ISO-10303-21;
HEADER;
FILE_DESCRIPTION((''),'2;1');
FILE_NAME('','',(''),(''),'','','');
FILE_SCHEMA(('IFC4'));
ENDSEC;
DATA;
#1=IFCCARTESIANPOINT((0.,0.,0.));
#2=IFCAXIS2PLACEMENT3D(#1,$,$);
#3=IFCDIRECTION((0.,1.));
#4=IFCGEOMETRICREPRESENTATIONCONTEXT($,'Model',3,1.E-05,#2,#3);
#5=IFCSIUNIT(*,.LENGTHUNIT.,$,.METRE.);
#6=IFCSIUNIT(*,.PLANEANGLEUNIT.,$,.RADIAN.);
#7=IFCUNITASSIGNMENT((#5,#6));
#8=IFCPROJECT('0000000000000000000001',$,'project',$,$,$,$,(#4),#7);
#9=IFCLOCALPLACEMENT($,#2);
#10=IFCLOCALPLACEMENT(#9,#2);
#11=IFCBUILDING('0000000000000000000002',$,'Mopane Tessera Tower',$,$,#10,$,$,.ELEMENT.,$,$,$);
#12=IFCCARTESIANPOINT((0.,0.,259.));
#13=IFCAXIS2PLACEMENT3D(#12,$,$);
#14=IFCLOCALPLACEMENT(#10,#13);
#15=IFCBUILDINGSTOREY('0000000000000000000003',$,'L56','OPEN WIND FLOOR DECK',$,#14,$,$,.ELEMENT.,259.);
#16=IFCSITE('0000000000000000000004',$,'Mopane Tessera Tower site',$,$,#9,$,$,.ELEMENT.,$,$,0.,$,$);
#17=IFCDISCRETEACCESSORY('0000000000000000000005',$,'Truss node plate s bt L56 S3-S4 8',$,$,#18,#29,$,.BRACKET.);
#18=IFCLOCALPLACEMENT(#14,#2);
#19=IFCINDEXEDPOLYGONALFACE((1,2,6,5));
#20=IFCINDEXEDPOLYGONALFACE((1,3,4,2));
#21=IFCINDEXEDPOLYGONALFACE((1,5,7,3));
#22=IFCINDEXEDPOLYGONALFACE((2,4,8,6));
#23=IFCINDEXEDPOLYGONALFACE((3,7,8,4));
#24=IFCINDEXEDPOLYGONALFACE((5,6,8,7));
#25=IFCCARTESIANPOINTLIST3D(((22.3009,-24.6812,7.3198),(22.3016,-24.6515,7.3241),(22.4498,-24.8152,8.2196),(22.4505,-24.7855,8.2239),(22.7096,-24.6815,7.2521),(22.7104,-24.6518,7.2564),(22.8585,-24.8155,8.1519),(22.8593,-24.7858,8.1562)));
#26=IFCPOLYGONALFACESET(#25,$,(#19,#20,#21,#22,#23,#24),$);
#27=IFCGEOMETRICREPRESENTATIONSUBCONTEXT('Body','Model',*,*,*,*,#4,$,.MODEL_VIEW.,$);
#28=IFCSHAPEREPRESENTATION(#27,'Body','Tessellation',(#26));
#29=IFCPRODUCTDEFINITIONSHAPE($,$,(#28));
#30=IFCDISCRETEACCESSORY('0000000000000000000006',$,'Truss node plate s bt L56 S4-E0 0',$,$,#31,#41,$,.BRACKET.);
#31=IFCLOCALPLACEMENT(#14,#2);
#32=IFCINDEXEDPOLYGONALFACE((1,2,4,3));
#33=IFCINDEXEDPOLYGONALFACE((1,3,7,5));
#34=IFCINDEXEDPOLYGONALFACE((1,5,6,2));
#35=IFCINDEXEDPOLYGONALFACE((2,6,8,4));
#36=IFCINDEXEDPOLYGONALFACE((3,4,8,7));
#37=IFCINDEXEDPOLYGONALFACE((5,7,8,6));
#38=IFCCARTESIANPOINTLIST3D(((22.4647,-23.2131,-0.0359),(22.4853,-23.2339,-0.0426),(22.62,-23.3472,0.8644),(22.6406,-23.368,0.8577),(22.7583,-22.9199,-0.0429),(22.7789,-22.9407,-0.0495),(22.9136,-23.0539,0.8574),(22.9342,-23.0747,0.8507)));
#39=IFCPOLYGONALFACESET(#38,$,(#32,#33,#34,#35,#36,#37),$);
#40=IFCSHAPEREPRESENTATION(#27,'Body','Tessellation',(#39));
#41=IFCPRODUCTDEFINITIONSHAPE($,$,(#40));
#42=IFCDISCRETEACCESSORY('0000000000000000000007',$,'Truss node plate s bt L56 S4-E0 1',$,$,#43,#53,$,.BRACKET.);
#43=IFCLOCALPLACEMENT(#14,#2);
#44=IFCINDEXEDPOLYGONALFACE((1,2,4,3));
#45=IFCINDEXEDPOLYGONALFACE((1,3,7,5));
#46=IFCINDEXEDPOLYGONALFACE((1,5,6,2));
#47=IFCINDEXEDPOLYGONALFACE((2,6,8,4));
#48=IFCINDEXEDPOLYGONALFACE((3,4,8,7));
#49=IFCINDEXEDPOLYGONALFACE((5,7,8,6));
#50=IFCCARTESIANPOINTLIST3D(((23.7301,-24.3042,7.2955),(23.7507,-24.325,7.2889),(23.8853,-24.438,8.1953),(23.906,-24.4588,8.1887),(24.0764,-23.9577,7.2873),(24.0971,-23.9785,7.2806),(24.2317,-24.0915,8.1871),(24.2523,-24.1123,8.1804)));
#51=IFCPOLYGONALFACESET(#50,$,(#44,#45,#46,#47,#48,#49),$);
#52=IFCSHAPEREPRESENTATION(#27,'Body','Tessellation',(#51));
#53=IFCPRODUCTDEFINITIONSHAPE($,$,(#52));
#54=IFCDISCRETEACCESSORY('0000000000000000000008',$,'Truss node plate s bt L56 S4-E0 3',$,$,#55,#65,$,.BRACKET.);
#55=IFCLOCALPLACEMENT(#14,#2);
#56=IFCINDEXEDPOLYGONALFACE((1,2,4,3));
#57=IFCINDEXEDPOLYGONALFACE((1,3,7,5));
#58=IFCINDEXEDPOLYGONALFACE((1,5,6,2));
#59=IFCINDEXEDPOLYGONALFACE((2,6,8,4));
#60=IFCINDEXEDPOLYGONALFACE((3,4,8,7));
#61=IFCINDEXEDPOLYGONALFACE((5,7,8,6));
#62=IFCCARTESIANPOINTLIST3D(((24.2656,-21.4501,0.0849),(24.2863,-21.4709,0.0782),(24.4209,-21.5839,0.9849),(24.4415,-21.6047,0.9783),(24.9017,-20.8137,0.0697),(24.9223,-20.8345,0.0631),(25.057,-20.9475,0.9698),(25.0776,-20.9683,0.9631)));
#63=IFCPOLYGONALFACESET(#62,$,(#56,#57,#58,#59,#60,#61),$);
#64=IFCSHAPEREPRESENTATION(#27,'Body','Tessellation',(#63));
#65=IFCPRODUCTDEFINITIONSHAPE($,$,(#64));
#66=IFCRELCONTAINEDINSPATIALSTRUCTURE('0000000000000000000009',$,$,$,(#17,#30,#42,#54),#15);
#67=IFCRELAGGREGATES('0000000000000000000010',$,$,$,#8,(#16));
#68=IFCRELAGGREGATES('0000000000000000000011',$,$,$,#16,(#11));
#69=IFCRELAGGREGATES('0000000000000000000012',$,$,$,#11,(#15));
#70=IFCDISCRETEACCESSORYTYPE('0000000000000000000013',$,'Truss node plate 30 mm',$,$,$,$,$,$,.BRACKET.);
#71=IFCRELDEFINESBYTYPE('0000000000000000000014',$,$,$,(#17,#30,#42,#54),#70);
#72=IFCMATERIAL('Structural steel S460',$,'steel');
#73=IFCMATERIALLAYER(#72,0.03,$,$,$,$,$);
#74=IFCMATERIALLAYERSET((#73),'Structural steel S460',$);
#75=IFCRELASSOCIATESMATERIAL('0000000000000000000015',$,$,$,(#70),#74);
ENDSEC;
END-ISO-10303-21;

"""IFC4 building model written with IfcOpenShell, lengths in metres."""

from ifc_helpers import new_model, si_unit, direction, frame, origin, origin_2d, place, context, subcontext, project, spatial, rectangle, extrude, material, layer, layer_set, type_object, element, save


model = new_model("IFC4")

# Units and contexts
model_context = context("Model", 3, precision=1e-05, world=origin(), true_north=direction((0.0, 1.0)))
body_context = subcontext(model_context, "Body", "Model", "MODEL_VIEW")
ifc_project = project(units=[si_unit("LENGTHUNIT", "METRE"), si_unit("PLANEANGLEUNIT", "RADIAN")], contexts=[model_context])

# Site, building, storey
site_placement = place(None, origin())
site = spatial("IfcSite", under=ifc_project, at=site_placement, Name="Mopane Tessera Tower site", CompositionType="ELEMENT", RefElevation=0.0)
building_placement = place(site_placement, origin())
building = spatial("IfcBuilding", under=site, at=building_placement, Name="Mopane Tessera Tower", CompositionType="ELEMENT")
storey_placement = place(building_placement, frame((0.0, 0.0, 259.0)))
storey = spatial("IfcBuildingStorey", under=building, at=storey_placement, Name="L56", Description="OPEN WIND FLOOR DECK", CompositionType="ELEMENT", Elevation=259.0)

# Discrete accessories
ifc_material_1 = material(Name="Structural steel S460", Category="steel")
ifc_layer = layer(ifc_material_1, 0.03)
ifc_layer_set = layer_set([ifc_layer], Name="Structural steel S460")
discrete_accessory_type = type_object("IfcDiscreteAccessoryType", Name="Truss node plate 30 mm", PredefinedType="BRACKET", material=ifc_layer_set)
discrete_accessory_1_placement = place(storey_placement, frame((22.5056, -24.6665, 7.2881), z_axis=(0.161536, -0.145382, 0.9761), x_axis=(0.024505, 0.989375, 0.143304)))
element("IfcDiscreteAccessory", 1, at=discrete_accessory_1_placement, inside=storey, type_object=discrete_accessory_type, Name="Truss node plate s bt L56 S3-S4 8", PredefinedType="BRACKET", context=body_context, shape_type="SweptSolid", body=[
    extrude(rectangle(XDim=0.03, YDim=0.4143, at=origin_2d()), origin(), (0.0, 0.0, 1.0), 0.9219),
])
discrete_accessory_2_placement = place(storey_placement, frame((22.6218, -23.0769, -0.0427), z_axis=(0.168186, -0.14518, 0.975006), x_axis=(-0.686454, 0.692604, 0.221542)))
element("IfcDiscreteAccessory", 2, at=discrete_accessory_2_placement, inside=storey, type_object=discrete_accessory_type, Name="Truss node plate s bt L56 S4-E0 0", PredefinedType="BRACKET", context=body_context, shape_type="SweptSolid", body=[
    extrude(rectangle(XDim=0.03, YDim=0.415, at=origin_2d()), origin(), (0.0, 0.0, 1.0), 0.9233),
])
discrete_accessory_3_placement = place(storey_placement, frame((23.9136, -24.1414, 7.2881), z_axis=(0.168236, -0.144958, 0.97503), x_axis=(-0.687096, 0.692001, 0.221435)))
element("IfcDiscreteAccessory", 3, at=discrete_accessory_3_placement, inside=storey, type_object=discrete_accessory_type, Name="Truss node plate s bt L56 S4-E0 1", PredefinedType="BRACKET", context=body_context, shape_type="SweptSolid", body=[
    extrude(rectangle(XDim=0.03, YDim=0.49, at=origin_2d()), origin(), (0.0, 0.0, 1.0), 0.9229),
])
discrete_accessory_4_placement = place(storey_placement, frame((24.594, -21.1423, 0.074), z_axis=(0.168193, -0.144921, 0.975043), x_axis=(-0.687106, 0.692009, 0.221378)))
element("IfcDiscreteAccessory", 4, at=discrete_accessory_4_placement, inside=storey, type_object=discrete_accessory_type, Name="Truss node plate s bt L56 S4-E0 3", PredefinedType="BRACKET", context=body_context, shape_type="SweptSolid", body=[
    extrude(rectangle(XDim=0.03, YDim=0.8999, at=origin_2d()), origin(), (0.0, 0.0, 1.0), 0.9231),
])

save(model, "model.ifc")
